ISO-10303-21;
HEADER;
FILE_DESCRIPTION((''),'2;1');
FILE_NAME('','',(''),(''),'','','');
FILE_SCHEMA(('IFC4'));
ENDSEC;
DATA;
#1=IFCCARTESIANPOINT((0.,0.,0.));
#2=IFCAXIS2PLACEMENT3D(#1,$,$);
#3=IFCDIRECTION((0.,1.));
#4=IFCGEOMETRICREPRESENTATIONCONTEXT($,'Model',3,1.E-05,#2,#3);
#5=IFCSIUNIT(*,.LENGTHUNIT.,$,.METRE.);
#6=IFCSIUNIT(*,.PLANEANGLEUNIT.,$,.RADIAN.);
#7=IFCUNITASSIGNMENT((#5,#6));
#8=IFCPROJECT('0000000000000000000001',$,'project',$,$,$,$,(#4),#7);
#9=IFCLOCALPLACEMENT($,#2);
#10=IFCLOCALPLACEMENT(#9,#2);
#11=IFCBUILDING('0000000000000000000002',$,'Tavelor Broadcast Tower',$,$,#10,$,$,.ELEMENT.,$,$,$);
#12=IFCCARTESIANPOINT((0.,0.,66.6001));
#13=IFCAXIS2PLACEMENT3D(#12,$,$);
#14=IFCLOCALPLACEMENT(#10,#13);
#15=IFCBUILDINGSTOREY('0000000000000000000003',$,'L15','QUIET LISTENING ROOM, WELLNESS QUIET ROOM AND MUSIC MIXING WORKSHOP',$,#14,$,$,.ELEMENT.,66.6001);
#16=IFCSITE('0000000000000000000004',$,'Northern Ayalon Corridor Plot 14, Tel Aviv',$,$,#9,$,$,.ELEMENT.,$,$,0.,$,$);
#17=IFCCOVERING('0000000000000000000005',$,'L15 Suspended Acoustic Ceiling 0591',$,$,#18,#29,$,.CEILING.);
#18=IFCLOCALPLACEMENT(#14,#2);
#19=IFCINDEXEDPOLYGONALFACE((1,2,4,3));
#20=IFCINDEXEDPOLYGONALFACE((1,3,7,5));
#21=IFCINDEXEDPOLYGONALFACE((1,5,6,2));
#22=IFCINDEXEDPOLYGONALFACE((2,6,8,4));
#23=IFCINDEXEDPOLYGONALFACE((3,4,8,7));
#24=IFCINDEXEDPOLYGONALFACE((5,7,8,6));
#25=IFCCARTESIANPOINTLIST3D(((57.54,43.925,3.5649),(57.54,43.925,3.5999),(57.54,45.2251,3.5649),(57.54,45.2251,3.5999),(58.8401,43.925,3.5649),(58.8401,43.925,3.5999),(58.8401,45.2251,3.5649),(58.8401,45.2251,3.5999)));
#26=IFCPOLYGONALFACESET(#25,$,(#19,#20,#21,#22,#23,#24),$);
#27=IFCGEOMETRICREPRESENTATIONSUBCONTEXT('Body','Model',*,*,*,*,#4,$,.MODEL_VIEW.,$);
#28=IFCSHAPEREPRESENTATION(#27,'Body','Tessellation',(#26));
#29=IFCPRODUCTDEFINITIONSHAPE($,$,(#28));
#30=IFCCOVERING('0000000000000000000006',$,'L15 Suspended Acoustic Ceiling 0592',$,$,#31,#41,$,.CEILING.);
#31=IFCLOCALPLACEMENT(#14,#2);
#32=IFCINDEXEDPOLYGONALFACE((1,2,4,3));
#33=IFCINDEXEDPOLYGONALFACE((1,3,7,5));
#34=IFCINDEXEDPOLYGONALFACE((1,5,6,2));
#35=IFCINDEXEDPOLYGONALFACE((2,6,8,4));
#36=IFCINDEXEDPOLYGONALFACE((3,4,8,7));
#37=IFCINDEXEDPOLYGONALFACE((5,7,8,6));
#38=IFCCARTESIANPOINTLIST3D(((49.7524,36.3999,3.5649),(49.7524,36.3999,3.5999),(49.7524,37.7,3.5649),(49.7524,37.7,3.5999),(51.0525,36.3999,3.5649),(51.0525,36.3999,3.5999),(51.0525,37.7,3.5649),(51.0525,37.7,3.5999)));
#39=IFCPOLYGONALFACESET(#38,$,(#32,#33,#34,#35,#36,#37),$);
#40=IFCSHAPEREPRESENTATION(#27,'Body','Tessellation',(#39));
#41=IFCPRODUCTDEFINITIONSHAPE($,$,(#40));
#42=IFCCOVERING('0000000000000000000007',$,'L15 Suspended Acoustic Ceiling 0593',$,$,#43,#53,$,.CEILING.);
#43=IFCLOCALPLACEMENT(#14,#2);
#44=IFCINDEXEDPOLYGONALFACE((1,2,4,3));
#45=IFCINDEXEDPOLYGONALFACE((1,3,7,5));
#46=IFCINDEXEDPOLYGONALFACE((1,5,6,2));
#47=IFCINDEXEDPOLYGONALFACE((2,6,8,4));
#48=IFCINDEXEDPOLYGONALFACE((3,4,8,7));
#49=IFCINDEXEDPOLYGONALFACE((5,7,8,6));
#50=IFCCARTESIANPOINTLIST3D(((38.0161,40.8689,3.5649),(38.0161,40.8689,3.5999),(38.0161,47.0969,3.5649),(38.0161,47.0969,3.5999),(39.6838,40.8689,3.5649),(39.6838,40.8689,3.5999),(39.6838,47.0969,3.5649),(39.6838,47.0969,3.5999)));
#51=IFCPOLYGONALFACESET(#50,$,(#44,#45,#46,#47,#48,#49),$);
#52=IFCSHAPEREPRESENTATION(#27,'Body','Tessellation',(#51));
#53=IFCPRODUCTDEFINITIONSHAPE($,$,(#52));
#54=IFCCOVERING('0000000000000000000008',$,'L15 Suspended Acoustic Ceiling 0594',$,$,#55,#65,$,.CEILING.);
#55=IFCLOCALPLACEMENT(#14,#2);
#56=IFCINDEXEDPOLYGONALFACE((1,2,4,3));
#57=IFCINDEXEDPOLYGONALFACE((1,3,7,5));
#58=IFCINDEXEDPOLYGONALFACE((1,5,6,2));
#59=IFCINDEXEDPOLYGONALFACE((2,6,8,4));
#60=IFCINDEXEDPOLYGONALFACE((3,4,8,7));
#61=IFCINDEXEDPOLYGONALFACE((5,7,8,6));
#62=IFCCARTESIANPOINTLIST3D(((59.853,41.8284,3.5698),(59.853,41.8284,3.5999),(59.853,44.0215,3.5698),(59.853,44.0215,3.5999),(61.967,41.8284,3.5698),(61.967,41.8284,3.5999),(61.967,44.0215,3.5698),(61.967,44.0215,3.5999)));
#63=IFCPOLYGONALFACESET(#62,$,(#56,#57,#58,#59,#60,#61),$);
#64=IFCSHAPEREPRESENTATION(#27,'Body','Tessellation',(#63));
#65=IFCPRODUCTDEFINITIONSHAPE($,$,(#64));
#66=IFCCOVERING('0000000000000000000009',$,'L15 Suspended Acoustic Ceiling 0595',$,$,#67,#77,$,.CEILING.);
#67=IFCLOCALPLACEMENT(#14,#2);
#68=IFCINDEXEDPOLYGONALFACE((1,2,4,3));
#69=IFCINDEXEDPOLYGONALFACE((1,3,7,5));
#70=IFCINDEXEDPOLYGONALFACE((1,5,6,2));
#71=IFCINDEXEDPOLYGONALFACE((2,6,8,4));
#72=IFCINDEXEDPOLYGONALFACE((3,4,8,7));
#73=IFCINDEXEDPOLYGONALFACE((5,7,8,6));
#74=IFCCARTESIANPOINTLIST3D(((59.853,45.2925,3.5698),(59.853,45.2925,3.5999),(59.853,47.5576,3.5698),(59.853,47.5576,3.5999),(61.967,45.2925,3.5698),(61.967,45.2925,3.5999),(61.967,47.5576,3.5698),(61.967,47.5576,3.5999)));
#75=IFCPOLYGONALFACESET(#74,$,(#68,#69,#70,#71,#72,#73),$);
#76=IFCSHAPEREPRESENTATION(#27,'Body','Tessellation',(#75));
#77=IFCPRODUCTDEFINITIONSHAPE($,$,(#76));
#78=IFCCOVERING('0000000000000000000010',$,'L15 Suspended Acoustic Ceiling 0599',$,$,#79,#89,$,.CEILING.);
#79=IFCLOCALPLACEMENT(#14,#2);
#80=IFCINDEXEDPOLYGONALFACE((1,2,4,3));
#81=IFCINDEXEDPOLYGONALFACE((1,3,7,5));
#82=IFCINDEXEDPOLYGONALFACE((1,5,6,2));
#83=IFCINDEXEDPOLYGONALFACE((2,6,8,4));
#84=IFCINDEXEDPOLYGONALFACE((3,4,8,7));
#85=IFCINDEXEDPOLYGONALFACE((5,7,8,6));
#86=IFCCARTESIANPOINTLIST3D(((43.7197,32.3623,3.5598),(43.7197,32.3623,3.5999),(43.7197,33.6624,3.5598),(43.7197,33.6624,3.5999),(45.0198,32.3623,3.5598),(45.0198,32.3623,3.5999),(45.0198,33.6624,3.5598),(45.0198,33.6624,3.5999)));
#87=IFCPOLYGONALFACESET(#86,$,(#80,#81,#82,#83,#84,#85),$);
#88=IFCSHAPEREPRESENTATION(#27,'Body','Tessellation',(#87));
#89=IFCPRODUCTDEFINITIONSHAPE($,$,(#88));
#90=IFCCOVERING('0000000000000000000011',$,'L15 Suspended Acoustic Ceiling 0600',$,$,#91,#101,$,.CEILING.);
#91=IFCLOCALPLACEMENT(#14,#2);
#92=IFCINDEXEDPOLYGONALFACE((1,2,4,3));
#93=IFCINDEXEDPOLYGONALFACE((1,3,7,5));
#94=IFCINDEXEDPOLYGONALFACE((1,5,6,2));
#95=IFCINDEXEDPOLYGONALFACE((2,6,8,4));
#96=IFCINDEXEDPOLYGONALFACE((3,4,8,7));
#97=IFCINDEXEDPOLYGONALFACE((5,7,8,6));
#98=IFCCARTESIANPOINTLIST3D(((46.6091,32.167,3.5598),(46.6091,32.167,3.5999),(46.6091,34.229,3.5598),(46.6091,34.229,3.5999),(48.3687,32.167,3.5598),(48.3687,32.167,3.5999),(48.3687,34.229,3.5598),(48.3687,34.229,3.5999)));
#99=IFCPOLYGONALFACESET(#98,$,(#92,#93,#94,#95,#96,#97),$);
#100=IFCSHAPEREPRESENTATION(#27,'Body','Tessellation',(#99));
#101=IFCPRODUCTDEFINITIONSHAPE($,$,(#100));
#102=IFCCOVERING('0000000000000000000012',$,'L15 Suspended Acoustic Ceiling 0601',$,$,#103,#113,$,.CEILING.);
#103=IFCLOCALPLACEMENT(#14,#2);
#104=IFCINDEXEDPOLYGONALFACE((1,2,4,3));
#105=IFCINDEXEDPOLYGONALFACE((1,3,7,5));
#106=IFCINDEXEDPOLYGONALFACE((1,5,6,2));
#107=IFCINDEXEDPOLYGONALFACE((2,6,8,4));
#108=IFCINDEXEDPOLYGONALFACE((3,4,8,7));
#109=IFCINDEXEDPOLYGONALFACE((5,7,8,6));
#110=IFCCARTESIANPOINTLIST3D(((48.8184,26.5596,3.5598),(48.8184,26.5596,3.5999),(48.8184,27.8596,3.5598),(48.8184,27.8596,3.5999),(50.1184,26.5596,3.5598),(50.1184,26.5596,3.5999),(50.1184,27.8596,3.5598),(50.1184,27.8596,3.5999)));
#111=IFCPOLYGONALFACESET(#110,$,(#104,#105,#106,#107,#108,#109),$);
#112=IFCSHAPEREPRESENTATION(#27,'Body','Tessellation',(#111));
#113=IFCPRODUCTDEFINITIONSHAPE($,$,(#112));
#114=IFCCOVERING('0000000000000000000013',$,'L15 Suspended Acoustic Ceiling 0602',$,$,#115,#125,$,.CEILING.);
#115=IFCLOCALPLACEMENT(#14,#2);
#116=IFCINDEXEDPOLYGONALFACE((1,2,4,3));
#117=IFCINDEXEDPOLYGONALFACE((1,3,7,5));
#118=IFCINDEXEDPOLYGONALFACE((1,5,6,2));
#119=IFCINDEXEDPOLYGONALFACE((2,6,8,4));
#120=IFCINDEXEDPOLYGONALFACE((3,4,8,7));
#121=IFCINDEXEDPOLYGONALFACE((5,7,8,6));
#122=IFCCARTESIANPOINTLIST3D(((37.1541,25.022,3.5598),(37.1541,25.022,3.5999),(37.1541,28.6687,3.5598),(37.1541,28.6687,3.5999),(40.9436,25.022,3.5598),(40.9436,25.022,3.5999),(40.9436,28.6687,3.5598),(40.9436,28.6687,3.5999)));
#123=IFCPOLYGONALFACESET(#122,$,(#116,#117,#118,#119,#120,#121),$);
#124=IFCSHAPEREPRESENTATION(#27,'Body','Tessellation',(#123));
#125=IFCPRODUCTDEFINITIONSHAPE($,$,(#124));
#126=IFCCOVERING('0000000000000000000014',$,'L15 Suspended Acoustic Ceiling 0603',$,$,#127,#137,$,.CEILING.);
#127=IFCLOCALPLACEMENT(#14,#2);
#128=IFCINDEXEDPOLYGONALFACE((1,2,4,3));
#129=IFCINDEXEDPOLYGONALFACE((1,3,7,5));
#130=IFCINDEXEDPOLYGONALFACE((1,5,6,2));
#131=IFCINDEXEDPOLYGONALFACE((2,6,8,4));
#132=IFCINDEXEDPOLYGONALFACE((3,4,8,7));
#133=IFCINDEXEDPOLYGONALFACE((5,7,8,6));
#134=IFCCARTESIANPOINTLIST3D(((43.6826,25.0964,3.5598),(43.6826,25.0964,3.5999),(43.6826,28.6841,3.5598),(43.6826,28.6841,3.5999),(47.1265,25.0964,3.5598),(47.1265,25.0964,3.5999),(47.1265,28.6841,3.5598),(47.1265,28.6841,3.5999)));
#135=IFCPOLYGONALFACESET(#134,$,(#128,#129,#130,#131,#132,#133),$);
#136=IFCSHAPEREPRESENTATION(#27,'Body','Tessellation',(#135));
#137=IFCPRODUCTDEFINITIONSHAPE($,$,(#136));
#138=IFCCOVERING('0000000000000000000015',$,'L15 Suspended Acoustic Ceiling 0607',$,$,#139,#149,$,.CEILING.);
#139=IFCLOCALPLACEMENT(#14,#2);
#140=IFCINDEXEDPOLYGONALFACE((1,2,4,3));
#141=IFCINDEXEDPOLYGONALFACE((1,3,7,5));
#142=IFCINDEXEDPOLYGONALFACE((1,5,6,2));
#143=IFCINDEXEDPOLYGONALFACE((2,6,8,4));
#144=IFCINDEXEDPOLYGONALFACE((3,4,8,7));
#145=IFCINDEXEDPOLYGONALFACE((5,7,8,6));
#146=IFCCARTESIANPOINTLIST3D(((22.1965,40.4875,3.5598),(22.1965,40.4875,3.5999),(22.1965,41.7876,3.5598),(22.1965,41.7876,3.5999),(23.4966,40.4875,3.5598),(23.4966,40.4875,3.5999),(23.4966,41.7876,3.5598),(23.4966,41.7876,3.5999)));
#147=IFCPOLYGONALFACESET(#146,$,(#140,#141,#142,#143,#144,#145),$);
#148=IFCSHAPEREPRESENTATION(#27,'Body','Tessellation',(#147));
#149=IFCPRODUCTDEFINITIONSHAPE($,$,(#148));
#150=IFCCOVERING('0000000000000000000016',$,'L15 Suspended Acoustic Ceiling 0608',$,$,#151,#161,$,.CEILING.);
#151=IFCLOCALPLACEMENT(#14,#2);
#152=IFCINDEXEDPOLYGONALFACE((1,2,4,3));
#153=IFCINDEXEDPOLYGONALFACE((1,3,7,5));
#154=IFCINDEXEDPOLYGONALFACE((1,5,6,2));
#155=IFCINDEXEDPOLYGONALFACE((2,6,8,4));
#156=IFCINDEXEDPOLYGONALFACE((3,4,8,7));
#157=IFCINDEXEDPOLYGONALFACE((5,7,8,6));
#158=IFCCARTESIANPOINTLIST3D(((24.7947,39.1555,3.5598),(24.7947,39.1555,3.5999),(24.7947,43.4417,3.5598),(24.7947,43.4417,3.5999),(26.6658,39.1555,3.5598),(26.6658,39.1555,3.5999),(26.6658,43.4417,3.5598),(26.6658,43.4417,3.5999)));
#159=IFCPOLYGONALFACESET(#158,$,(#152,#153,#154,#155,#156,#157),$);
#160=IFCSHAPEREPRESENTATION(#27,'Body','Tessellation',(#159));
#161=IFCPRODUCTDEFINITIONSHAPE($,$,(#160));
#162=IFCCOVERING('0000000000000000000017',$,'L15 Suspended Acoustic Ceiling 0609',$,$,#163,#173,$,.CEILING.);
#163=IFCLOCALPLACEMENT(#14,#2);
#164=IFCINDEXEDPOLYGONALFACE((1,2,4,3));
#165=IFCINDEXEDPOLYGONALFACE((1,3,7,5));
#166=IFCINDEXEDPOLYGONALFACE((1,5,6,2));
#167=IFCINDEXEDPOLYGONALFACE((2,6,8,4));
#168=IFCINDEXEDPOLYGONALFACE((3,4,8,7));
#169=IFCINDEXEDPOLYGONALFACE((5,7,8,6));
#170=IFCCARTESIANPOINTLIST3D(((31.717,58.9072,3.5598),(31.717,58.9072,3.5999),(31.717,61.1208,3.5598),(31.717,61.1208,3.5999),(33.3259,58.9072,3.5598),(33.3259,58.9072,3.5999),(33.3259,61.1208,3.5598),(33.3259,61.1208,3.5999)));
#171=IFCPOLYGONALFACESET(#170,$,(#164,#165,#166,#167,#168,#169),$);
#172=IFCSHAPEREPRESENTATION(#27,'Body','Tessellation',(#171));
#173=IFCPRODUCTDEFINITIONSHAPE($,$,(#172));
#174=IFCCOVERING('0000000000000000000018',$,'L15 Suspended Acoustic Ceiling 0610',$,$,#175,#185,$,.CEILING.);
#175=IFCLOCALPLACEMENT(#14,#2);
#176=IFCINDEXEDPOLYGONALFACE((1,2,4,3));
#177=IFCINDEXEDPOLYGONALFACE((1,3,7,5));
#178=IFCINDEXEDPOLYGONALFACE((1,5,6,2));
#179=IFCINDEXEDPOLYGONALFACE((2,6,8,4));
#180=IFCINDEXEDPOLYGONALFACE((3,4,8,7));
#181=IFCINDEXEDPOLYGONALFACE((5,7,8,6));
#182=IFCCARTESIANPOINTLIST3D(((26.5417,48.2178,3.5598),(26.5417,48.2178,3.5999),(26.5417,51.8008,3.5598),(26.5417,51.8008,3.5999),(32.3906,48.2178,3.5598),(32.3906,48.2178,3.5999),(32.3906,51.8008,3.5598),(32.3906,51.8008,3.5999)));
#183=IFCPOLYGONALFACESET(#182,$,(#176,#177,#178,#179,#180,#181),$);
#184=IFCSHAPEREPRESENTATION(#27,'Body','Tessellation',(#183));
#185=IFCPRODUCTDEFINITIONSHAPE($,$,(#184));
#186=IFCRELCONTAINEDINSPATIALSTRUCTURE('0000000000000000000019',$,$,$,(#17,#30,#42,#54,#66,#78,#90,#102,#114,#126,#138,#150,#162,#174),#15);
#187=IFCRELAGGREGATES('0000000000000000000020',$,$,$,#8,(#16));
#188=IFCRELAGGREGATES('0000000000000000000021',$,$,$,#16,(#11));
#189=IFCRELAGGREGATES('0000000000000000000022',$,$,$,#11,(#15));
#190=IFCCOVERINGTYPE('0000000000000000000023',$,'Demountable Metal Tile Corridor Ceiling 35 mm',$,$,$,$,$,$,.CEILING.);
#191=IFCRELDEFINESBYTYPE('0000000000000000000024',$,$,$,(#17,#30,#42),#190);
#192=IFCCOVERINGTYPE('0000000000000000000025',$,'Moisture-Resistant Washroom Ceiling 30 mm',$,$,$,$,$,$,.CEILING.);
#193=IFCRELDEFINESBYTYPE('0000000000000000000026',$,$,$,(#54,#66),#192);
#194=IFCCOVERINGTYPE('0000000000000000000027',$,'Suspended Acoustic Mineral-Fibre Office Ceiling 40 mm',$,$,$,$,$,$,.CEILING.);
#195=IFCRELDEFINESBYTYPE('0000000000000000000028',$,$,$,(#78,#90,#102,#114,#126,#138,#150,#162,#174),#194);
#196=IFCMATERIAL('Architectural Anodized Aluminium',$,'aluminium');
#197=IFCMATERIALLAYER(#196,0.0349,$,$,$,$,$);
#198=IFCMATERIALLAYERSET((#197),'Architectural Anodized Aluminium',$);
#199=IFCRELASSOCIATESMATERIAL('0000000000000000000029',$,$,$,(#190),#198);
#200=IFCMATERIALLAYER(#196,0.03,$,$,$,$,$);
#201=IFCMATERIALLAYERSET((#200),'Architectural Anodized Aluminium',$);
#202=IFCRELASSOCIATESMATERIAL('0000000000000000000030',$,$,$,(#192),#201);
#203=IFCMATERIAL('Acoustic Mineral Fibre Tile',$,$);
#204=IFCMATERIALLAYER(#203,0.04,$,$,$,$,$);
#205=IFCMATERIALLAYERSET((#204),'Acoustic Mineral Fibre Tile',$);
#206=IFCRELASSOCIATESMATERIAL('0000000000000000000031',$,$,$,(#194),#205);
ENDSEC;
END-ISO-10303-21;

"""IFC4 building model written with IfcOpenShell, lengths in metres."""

from ifc_helpers import new_model, si_unit, direction, frame, origin, place, context, subcontext, project, spatial, polyline, outline, extrude, material, layer, layer_set, type_object, element, save


model = new_model("IFC4")

# Units and contexts
model_context = context("Model", 3, precision=1e-05, world=origin(), true_north=direction((0.0, 1.0)))
body_context = subcontext(model_context, "Body", "Model", "MODEL_VIEW")
ifc_project = project(units=[si_unit("LENGTHUNIT", "METRE"), si_unit("PLANEANGLEUNIT", "RADIAN")], contexts=[model_context])

# Site, building, storey
site_placement = place(None, origin())
site = spatial("IfcSite", under=ifc_project, at=site_placement, Name="Northern Ayalon Corridor Plot 14, Tel Aviv", CompositionType="ELEMENT", RefElevation=0.0)
building_placement = place(site_placement, origin())
building = spatial("IfcBuilding", under=site, at=building_placement, Name="Tavelor Broadcast Tower", CompositionType="ELEMENT")
storey_placement = place(building_placement, frame((0.0, 0.0, 66.6001)))
storey = spatial("IfcBuildingStorey", under=building, at=storey_placement, Name="L15", Description="QUIET LISTENING ROOM, WELLNESS QUIET ROOM AND MUSIC MIXING WORKSHOP", CompositionType="ELEMENT", Elevation=66.6001)

# Coverings
ifc_material_1 = material(Name="Architectural Anodized Aluminium", Category="aluminium")
ifc_layer_1 = layer(ifc_material_1, 0.0349)
ifc_layer_set_1 = layer_set([ifc_layer_1], Name="Architectural Anodized Aluminium")
covering_type_1 = type_object("IfcCoveringType", Name="Demountable Metal Tile Corridor Ceiling 35 mm", PredefinedType="CEILING", material=ifc_layer_set_1)
covering_1_placement = place(storey_placement, frame((0.0, 0.0, 3.5649)))
element("IfcCovering", 1, at=covering_1_placement, inside=storey, type_object=covering_type_1, Name="L15 Suspended Acoustic Ceiling 0591", PredefinedType="CEILING", context=body_context, shape_type="SweptSolid", body=[
    extrude(outline(polyline([(57.54, 43.925), (58.8401, 43.925), (58.8401, 45.2251), (57.54, 45.2251), (57.54, 43.925)])), origin(), (0.0, 0.0, 1.0), 0.0349),
])
covering_2_placement = place(storey_placement, frame((0.0, 0.0, 3.5649)))
element("IfcCovering", 2, at=covering_2_placement, inside=storey, type_object=covering_type_1, Name="L15 Suspended Acoustic Ceiling 0592", PredefinedType="CEILING", context=body_context, shape_type="SweptSolid", body=[
    extrude(outline(polyline([(49.7524, 36.3999), (51.0525, 36.3999), (51.0525, 37.7), (49.7524, 37.7), (49.7524, 36.3999)])), origin(), (0.0, 0.0, 1.0), 0.0349),
])
covering_3_placement = place(storey_placement, frame((0.0, 0.0, 3.5649)))
element("IfcCovering", 3, at=covering_3_placement, inside=storey, type_object=covering_type_1, Name="L15 Suspended Acoustic Ceiling 0593", PredefinedType="CEILING", context=body_context, shape_type="SweptSolid", body=[
    extrude(outline(polyline([(38.0161, 40.8689), (39.6838, 40.8689), (39.6838, 47.0969), (38.0161, 47.0969), (38.0161, 40.8689)])), origin(), (0.0, 0.0, 1.0), 0.0349),
])
ifc_layer_2 = layer(ifc_material_1, 0.03)
ifc_layer_set_2 = layer_set([ifc_layer_2], Name="Architectural Anodized Aluminium")
covering_type_2 = type_object("IfcCoveringType", Name="Moisture-Resistant Washroom Ceiling 30 mm", PredefinedType="CEILING", material=ifc_layer_set_2)
covering_4_placement = place(storey_placement, frame((0.0, 0.0, 3.5698)))
element("IfcCovering", 4, at=covering_4_placement, inside=storey, type_object=covering_type_2, Name="L15 Suspended Acoustic Ceiling 0594", PredefinedType="CEILING", context=body_context, shape_type="SweptSolid", body=[
    extrude(outline(polyline([(59.853, 41.8284), (61.967, 41.8284), (61.967, 44.0215), (59.853, 44.0215), (59.853, 41.8284)])), origin(), (0.0, 0.0, 1.0), 0.03),
])
covering_5_placement = place(storey_placement, frame((0.0, 0.0, 3.5698)))
element("IfcCovering", 5, at=covering_5_placement, inside=storey, type_object=covering_type_2, Name="L15 Suspended Acoustic Ceiling 0595", PredefinedType="CEILING", context=body_context, shape_type="SweptSolid", body=[
    extrude(outline(polyline([(59.853, 45.2925), (61.967, 45.2925), (61.967, 47.5576), (59.853, 47.5576), (59.853, 45.2925)])), origin(), (0.0, 0.0, 1.0), 0.03),
])
ifc_material_2 = material(Name="Acoustic Mineral Fibre Tile")
ifc_layer_3 = layer(ifc_material_2, 0.04)
ifc_layer_set_3 = layer_set([ifc_layer_3], Name="Acoustic Mineral Fibre Tile")
covering_type_3 = type_object("IfcCoveringType", Name="Suspended Acoustic Mineral-Fibre Office Ceiling 40 mm", PredefinedType="CEILING", material=ifc_layer_set_3)
covering_6_placement = place(storey_placement, frame((0.0, 0.0, 3.5598)))
element("IfcCovering", 6, at=covering_6_placement, inside=storey, type_object=covering_type_3, Name="L15 Suspended Acoustic Ceiling 0599", PredefinedType="CEILING", context=body_context, shape_type="SweptSolid", body=[
    extrude(outline(polyline([(43.7197, 32.3623), (45.0198, 32.3623), (45.0198, 33.6624), (43.7197, 33.6624), (43.7197, 32.3623)])), origin(), (0.0, 0.0, 1.0), 0.04),
])
covering_7_placement = place(storey_placement, frame((0.0, 0.0, 3.5598)))
element("IfcCovering", 7, at=covering_7_placement, inside=storey, type_object=covering_type_3, Name="L15 Suspended Acoustic Ceiling 0600", PredefinedType="CEILING", context=body_context, shape_type="SweptSolid", body=[
    extrude(outline(polyline([(46.6091, 32.167), (48.3687, 32.167), (48.3687, 34.229), (46.6091, 34.229), (46.6091, 32.167)])), origin(), (0.0, 0.0, 1.0), 0.04),
])
covering_8_placement = place(storey_placement, frame((0.0, 0.0, 3.5598)))
element("IfcCovering", 8, at=covering_8_placement, inside=storey, type_object=covering_type_3, Name="L15 Suspended Acoustic Ceiling 0601", PredefinedType="CEILING", context=body_context, shape_type="SweptSolid", body=[
    extrude(outline(polyline([(48.8184, 26.5596), (50.1184, 26.5596), (50.1184, 27.8596), (48.8184, 27.8596), (48.8184, 26.5596)])), origin(), (0.0, 0.0, 1.0), 0.04),
])
covering_9_placement = place(storey_placement, frame((0.0, 0.0, 3.5598)))
element("IfcCovering", 9, at=covering_9_placement, inside=storey, type_object=covering_type_3, Name="L15 Suspended Acoustic Ceiling 0602", PredefinedType="CEILING", context=body_context, shape_type="SweptSolid", body=[
    extrude(outline(polyline([(37.1541, 25.022), (40.9436, 25.022), (40.9436, 28.6687), (37.1541, 28.6687), (37.1541, 25.022)])), origin(), (0.0, 0.0, 1.0), 0.04),
])
covering_10_placement = place(storey_placement, frame((0.0, 0.0, 3.5598)))
element("IfcCovering", 10, at=covering_10_placement, inside=storey, type_object=covering_type_3, Name="L15 Suspended Acoustic Ceiling 0603", PredefinedType="CEILING", context=body_context, shape_type="SweptSolid", body=[
    extrude(outline(polyline([(43.6826, 25.0964), (47.1265, 25.0964), (47.1265, 28.6841), (43.6826, 28.6841), (43.6826, 25.0964)])), origin(), (0.0, 0.0, 1.0), 0.04),
])
covering_11_placement = place(storey_placement, frame((0.0, 0.0, 3.5598)))
element("IfcCovering", 11, at=covering_11_placement, inside=storey, type_object=covering_type_3, Name="L15 Suspended Acoustic Ceiling 0607", PredefinedType="CEILING", context=body_context, shape_type="SweptSolid", body=[
    extrude(outline(polyline([(22.1965, 40.4875), (23.4966, 40.4875), (23.4966, 41.7876), (22.1965, 41.7876), (22.1965, 40.4875)])), origin(), (0.0, 0.0, 1.0), 0.04),
])
covering_12_placement = place(storey_placement, frame((0.0, 0.0, 3.5598)))
element("IfcCovering", 12, at=covering_12_placement, inside=storey, type_object=covering_type_3, Name="L15 Suspended Acoustic Ceiling 0608", PredefinedType="CEILING", context=body_context, shape_type="SweptSolid", body=[
    extrude(outline(polyline([(24.7947, 39.1555), (26.6658, 39.1555), (26.6658, 43.4417), (24.7947, 43.4417), (24.7947, 39.1555)])), origin(), (0.0, 0.0, 1.0), 0.04),
])
covering_13_placement = place(storey_placement, frame((0.0, 0.0, 3.5598)))
element("IfcCovering", 13, at=covering_13_placement, inside=storey, type_object=covering_type_3, Name="L15 Suspended Acoustic Ceiling 0609", PredefinedType="CEILING", context=body_context, shape_type="SweptSolid", body=[
    extrude(outline(polyline([(31.717, 58.9072), (33.3259, 58.9072), (33.3259, 61.1208), (31.717, 61.1208), (31.717, 58.9072)])), origin(), (0.0, 0.0, 1.0), 0.04),
])
covering_14_placement = place(storey_placement, frame((0.0, 0.0, 3.5598)))
element("IfcCovering", 14, at=covering_14_placement, inside=storey, type_object=covering_type_3, Name="L15 Suspended Acoustic Ceiling 0610", PredefinedType="CEILING", context=body_context, shape_type="SweptSolid", body=[
    extrude(outline(polyline([(26.5417, 48.2178), (32.3906, 48.2178), (32.3906, 51.8008), (26.5417, 51.8008), (26.5417, 48.2178)])), origin(), (0.0, 0.0, 1.0), 0.04),
])

save(model, "model.ifc")
